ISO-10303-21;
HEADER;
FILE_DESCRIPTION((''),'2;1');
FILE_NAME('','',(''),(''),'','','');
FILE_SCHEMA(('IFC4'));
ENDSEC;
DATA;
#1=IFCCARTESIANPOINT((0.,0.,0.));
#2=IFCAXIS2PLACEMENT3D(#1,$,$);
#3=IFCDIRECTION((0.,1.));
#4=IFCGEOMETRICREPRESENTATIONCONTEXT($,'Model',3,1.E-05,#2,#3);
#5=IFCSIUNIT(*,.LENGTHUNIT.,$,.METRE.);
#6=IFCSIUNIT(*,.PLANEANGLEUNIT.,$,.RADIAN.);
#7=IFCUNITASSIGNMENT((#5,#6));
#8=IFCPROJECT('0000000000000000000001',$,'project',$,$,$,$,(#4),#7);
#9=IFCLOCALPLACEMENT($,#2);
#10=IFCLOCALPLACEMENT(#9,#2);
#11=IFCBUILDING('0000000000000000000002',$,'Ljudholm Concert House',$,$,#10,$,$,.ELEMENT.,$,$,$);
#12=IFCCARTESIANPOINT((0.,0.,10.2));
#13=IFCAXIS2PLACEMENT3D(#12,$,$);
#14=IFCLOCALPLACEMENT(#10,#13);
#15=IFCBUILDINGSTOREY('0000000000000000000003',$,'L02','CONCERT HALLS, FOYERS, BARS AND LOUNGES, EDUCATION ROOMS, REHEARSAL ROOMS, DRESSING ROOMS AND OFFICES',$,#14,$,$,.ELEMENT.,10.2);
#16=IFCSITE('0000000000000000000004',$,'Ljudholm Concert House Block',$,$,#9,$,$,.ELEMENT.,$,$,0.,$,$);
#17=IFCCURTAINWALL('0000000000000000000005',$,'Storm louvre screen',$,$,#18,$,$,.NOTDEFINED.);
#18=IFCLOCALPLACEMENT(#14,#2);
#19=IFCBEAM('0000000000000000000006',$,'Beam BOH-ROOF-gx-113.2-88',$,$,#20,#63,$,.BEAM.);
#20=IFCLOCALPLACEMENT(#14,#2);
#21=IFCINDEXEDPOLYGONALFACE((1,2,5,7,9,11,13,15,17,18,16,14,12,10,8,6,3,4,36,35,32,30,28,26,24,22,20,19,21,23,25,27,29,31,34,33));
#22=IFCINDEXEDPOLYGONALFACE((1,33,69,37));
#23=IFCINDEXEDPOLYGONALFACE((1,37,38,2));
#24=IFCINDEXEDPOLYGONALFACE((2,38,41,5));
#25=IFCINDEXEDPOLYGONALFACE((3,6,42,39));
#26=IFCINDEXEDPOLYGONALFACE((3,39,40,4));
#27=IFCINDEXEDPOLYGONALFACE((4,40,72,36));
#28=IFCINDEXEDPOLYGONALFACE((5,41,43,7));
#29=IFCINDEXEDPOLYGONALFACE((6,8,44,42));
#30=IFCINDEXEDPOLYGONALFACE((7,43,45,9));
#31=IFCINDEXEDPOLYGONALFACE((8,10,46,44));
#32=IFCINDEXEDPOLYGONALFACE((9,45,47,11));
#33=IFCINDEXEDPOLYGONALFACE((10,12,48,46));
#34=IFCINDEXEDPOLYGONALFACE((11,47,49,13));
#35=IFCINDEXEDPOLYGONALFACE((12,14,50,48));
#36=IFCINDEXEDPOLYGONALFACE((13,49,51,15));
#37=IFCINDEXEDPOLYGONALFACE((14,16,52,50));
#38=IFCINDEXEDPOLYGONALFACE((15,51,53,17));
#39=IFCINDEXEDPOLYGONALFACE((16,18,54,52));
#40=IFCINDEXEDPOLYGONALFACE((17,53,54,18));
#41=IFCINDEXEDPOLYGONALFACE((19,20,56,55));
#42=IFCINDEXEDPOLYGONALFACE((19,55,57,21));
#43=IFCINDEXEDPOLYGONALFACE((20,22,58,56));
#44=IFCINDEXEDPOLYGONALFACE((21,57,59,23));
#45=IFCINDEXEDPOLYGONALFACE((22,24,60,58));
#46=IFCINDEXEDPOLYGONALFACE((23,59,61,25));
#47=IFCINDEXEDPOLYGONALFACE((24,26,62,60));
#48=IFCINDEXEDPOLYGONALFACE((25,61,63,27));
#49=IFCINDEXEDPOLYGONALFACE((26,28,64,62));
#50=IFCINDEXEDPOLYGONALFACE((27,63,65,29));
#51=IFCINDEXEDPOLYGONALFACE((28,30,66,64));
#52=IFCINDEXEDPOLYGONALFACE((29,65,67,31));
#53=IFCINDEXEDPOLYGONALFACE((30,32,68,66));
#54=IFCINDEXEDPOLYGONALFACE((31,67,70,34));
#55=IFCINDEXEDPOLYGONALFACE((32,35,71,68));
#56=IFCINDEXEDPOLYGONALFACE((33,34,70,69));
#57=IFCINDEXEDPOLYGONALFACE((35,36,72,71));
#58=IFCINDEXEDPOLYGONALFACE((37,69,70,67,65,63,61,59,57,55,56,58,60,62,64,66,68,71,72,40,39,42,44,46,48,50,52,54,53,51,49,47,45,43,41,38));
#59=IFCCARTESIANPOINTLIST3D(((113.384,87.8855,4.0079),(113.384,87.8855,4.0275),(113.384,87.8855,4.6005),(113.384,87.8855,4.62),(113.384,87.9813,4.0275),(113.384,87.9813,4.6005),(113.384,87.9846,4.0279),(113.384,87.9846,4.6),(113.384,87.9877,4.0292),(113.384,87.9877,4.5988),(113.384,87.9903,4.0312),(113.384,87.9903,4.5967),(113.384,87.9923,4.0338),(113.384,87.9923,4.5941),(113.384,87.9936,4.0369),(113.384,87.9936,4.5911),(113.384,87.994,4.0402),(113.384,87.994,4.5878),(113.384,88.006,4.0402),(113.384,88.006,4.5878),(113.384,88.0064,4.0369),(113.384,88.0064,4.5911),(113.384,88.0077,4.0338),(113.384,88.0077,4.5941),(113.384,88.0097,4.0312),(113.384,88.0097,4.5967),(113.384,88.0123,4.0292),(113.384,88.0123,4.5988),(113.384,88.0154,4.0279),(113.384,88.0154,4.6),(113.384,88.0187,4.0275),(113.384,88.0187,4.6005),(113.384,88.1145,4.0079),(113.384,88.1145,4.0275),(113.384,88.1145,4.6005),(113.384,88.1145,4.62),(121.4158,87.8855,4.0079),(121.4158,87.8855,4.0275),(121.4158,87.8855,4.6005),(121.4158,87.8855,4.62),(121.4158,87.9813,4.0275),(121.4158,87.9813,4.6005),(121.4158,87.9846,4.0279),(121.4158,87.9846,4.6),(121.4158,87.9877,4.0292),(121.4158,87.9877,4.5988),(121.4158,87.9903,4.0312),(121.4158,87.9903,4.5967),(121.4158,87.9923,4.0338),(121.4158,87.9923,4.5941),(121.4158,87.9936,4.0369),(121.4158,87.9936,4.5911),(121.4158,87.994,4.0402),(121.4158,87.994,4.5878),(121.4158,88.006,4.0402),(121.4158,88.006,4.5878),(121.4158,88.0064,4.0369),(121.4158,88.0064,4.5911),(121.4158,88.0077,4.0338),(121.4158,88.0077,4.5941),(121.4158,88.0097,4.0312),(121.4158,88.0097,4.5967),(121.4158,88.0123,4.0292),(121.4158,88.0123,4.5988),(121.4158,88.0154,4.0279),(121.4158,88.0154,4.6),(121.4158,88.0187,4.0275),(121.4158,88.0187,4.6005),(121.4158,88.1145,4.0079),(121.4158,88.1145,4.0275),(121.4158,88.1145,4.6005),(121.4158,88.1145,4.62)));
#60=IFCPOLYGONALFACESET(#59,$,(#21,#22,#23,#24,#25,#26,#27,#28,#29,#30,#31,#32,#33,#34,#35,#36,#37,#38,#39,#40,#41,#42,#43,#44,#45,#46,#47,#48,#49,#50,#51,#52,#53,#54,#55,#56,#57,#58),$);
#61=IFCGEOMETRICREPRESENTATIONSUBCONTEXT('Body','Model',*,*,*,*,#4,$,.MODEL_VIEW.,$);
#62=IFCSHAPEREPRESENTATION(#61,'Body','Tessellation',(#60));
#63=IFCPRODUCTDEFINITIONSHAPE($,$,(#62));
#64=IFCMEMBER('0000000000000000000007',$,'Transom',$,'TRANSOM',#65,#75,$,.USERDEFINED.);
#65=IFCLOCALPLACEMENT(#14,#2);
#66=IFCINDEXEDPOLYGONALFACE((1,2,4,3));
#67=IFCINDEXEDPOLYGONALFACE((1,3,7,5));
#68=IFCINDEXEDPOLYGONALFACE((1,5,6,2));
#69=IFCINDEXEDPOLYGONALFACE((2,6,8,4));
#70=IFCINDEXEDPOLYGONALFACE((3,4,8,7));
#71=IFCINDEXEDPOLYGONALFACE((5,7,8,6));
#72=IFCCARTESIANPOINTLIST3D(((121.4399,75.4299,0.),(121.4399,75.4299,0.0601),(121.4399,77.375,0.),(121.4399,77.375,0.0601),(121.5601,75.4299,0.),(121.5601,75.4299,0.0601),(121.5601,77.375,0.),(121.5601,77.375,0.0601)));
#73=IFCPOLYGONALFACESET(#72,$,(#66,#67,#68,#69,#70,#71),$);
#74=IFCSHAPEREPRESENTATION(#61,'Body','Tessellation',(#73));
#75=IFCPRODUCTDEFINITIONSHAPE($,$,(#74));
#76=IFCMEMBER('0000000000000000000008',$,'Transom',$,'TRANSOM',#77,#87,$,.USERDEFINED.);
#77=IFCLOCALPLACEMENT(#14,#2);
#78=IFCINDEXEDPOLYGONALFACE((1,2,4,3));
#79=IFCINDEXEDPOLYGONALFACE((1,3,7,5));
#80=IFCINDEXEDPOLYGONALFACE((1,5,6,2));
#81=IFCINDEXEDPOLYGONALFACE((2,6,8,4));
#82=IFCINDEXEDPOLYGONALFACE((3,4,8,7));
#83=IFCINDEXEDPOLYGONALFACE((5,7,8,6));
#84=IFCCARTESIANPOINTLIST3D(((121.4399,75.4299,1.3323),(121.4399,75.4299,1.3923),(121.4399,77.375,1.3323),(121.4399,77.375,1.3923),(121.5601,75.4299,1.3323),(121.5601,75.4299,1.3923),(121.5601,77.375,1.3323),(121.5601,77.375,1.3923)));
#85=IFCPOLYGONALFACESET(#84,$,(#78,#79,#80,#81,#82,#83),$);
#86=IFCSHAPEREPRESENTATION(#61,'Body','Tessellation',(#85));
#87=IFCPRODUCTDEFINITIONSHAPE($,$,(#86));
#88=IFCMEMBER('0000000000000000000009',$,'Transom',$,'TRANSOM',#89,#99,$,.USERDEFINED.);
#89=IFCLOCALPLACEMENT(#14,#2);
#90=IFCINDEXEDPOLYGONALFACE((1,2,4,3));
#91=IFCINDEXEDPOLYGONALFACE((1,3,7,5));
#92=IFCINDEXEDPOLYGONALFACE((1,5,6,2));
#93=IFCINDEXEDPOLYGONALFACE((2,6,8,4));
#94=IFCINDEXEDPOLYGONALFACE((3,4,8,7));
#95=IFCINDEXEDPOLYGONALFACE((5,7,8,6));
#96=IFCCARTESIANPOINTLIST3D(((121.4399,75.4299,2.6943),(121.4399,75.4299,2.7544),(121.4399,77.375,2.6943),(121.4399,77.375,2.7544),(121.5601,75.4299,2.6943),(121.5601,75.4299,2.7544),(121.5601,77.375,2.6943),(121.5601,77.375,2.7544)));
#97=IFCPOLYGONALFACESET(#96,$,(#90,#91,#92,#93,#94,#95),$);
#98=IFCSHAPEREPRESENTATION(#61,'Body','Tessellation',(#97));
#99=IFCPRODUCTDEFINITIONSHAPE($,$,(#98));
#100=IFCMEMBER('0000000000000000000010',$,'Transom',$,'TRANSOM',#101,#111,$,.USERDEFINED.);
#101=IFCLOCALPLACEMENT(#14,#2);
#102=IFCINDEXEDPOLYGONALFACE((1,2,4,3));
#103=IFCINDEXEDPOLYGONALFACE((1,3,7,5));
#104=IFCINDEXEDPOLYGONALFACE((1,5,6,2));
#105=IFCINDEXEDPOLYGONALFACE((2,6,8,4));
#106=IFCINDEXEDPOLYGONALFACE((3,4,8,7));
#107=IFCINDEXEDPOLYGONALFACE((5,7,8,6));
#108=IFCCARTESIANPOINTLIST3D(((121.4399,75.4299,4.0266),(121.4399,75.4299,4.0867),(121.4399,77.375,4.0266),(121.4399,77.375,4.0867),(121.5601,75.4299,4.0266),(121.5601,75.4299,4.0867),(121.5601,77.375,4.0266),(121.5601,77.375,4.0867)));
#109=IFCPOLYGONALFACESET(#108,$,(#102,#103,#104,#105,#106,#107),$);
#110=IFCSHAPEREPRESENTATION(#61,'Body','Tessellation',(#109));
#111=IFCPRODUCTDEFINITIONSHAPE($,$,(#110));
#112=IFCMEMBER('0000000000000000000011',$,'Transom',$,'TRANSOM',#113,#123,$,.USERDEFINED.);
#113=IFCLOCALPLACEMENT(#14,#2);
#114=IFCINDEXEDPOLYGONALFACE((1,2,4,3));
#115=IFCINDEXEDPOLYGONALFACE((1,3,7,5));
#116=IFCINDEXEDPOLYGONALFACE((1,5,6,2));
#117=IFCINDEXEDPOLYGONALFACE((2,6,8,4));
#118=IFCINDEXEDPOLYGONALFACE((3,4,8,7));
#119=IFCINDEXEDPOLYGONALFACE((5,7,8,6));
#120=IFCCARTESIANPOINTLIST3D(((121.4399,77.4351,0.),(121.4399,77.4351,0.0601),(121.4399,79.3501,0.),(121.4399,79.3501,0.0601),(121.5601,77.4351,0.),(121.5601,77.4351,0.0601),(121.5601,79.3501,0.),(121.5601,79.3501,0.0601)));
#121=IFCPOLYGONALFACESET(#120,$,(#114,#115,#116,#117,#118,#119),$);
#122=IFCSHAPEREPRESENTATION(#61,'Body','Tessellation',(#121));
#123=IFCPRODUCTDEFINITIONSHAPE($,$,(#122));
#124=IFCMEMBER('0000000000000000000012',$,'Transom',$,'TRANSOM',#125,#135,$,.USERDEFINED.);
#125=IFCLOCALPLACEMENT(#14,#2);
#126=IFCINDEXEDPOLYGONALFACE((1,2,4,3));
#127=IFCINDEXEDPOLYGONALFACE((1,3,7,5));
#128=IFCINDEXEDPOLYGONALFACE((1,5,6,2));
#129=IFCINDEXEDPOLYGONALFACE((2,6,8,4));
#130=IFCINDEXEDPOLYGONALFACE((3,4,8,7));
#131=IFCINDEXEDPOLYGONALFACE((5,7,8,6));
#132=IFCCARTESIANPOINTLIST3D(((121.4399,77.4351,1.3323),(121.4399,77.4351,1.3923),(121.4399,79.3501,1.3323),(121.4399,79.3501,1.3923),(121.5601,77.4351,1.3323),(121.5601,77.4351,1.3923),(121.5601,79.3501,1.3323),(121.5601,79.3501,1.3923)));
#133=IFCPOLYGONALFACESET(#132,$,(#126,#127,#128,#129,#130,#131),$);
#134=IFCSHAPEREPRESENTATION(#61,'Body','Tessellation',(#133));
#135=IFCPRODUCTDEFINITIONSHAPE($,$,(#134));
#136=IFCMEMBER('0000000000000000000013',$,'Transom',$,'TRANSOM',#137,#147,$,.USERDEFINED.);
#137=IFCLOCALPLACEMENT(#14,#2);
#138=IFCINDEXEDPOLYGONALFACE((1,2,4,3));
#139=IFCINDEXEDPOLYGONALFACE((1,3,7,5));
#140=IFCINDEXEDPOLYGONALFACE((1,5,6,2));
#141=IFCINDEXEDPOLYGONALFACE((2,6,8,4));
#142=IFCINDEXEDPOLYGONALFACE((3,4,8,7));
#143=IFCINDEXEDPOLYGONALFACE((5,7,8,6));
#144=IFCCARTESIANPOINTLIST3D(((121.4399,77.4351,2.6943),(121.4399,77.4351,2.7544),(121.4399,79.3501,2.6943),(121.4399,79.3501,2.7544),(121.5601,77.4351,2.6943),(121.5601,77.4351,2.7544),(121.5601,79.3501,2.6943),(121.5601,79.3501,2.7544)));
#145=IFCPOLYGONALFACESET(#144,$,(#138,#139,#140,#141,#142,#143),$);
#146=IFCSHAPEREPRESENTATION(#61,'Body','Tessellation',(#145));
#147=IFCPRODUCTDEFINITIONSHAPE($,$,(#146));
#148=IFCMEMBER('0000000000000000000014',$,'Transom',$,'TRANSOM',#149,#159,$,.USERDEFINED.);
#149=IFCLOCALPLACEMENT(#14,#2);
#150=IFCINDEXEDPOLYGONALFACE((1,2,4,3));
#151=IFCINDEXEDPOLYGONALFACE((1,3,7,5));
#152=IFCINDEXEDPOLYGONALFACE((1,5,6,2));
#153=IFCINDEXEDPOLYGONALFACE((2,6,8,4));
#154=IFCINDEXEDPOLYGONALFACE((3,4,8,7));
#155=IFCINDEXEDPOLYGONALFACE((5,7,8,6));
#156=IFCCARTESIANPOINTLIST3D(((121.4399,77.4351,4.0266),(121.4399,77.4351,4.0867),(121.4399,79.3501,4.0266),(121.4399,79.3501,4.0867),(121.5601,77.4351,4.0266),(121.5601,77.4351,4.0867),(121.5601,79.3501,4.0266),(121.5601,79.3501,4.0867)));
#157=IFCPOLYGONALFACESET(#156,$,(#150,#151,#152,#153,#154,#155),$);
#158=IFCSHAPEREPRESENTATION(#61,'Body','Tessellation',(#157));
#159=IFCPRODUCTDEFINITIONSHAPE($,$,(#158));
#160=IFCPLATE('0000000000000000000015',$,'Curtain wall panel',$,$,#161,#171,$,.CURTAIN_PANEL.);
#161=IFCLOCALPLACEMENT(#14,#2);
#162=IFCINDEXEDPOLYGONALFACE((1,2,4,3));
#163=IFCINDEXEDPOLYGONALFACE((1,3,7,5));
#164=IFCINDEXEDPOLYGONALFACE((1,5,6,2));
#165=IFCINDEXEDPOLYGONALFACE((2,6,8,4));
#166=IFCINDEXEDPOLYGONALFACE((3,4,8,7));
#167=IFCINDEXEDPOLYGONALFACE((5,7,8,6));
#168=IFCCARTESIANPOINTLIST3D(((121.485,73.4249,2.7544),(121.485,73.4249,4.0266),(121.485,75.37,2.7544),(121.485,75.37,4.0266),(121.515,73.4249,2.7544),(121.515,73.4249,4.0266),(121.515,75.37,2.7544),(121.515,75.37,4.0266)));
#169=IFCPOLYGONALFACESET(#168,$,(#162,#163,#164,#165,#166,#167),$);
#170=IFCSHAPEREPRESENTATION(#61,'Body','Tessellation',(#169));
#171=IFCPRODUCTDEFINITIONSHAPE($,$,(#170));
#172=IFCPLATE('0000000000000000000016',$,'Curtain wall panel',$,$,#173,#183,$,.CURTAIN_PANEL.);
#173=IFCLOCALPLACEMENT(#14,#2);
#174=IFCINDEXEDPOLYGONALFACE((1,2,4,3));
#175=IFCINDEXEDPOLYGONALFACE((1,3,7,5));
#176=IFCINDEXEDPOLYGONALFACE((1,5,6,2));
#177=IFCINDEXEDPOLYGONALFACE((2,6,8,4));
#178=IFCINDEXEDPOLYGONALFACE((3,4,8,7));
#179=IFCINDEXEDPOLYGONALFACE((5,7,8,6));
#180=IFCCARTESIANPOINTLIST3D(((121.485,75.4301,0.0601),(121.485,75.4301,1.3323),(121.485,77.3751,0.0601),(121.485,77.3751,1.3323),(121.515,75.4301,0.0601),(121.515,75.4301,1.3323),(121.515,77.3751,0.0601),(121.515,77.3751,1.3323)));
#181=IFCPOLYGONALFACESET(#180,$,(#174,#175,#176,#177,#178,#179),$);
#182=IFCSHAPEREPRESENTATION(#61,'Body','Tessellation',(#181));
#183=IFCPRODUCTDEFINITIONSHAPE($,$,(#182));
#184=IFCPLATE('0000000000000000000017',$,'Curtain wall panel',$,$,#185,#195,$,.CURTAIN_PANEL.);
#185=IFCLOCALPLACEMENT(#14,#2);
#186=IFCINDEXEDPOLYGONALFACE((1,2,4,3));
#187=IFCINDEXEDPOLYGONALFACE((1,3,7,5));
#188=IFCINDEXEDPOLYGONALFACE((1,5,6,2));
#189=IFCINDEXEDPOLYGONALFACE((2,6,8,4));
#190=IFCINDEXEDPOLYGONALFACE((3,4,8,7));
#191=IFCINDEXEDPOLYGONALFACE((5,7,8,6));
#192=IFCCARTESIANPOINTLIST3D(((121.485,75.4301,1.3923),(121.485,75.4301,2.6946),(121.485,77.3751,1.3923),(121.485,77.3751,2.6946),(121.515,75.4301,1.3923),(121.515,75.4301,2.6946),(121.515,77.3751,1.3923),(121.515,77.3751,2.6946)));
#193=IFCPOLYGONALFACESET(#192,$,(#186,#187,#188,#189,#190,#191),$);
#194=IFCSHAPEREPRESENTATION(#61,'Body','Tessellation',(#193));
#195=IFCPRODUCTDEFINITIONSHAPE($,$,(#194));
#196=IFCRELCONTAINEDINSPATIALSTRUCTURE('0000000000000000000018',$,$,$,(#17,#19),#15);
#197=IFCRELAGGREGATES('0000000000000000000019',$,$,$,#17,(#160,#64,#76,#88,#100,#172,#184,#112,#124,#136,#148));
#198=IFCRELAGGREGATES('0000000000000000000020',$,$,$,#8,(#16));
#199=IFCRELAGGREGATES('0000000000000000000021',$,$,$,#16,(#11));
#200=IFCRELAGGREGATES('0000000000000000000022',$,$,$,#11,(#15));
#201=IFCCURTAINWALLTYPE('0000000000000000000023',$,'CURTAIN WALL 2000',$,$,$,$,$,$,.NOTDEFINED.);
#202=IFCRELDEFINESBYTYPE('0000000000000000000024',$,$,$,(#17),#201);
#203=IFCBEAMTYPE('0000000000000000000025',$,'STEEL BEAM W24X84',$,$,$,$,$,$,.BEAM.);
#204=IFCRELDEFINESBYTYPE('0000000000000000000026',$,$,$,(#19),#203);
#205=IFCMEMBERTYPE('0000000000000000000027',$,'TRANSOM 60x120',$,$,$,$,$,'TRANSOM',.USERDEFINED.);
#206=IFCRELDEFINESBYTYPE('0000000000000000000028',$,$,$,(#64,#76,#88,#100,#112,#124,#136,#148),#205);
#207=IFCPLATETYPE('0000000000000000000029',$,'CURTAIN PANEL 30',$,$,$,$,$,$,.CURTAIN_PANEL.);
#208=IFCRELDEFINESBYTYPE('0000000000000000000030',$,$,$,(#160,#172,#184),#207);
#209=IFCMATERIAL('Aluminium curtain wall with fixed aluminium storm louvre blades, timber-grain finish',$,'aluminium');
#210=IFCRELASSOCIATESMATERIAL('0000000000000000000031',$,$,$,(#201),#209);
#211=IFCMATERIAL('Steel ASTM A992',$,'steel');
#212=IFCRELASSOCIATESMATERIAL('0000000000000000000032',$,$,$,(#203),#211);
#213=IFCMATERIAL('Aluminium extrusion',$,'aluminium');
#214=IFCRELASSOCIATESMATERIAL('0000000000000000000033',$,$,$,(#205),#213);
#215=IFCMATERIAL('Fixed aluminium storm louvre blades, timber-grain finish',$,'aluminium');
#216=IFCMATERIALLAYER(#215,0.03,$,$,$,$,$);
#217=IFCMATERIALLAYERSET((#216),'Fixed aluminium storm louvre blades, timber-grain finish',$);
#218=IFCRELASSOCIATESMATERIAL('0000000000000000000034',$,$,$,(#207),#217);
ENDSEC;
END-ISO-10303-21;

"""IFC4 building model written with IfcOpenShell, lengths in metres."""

from ifc_helpers import new_model, si_unit, direction, frame, origin, origin_2d, place, context, subcontext, project, spatial, rectangle, i_section, extrude, material, layer, layer_set, material_profile, profile_set, type_object, element, aggregate, save


model = new_model("IFC4")

# Units and contexts
model_context = context("Model", 3, precision=1e-05, world=origin(), true_north=direction((0.0, 1.0)))
body_context = subcontext(model_context, "Body", "Model", "MODEL_VIEW")
ifc_project = project(units=[si_unit("LENGTHUNIT", "METRE"), si_unit("PLANEANGLEUNIT", "RADIAN")], contexts=[model_context])

# Site, building, storey
site_placement = place(None, origin())
site = spatial("IfcSite", under=ifc_project, at=site_placement, Name="Ljudholm Concert House Block", CompositionType="ELEMENT", RefElevation=0.0)
building_placement = place(site_placement, origin())
building = spatial("IfcBuilding", under=site, at=building_placement, Name="Ljudholm Concert House", CompositionType="ELEMENT")
storey_placement = place(building_placement, frame((0.0, 0.0, 10.2)))
storey = spatial("IfcBuildingStorey", under=building, at=storey_placement, Name="L02", Description="CONCERT HALLS, FOYERS, BARS AND LOUNGES, EDUCATION ROOMS, REHEARSAL ROOMS, DRESSING ROOMS AND OFFICES", CompositionType="ELEMENT", Elevation=10.2)

# Curtain wall
ifc_material_1 = material(Name="Aluminium curtain wall with fixed aluminium storm louvre blades, timber-grain finish", Category="aluminium")
curtain_wall_type = type_object("IfcCurtainWallType", Name="CURTAIN WALL 2000", PredefinedType="NOTDEFINED", material=ifc_material_1)
curtain_wall_placement = place(storey_placement, origin())
curtain_wall = element("IfcCurtainWall", 1, at=curtain_wall_placement, inside=storey, type_object=curtain_wall_type, Name="Storm louvre screen", PredefinedType="NOTDEFINED")

# Beam
ifc_material_2 = material(Name="Steel ASTM A992", Category="steel")
ifc_material_profile_1 = material_profile(ifc_material_2, i_section(OverallWidth=0.229, OverallDepth=0.6121, WebThickness=0.012, FlangeThickness=0.0195, FilletRadius=0.0127, at=origin_2d()), Name="W24X84")
ifc_profile_set_1 = profile_set([ifc_material_profile_1], Name="Steel ASTM A992")
beam_type_1 = type_object("IfcBeamType", Name="STEEL BEAM W24X84", PredefinedType="BEAM", material=ifc_profile_set_1)
for number, where, z_axis, x_axis, name in (
    (2, (113.384, 88.0, 4.314), (1.0, 0.0, 0.0), (0.0, 1.0, 0.0), "Beam BOH-ROOF-gx-113.2-88"),
):
    element("IfcBeam", number, at=place(storey_placement, frame(where, z_axis=z_axis, x_axis=x_axis)), inside=storey, type_object=beam_type_1, Name=name, PredefinedType="BEAM", context=body_context, shape_type="SweptSolid", body=[
        extrude(i_section(OverallWidth=0.229, OverallDepth=0.6121, WebThickness=0.012, FlangeThickness=0.0195, FilletRadius=0.0127, at=origin_2d()), origin(), (0.0, 0.0, 1.0), 8.0317),
    ])

# Members
ifc_material_3 = material(Name="Aluminium extrusion", Category="aluminium")
ifc_material_profile_2 = material_profile(ifc_material_3, rectangle(XDim=0.1201, YDim=0.0601, at=origin_2d()), Name="TRANSOM 60x120")
ifc_profile_set_2 = profile_set([ifc_material_profile_2], Name="Aluminium extrusion")
member_type_1 = type_object("IfcMemberType", Name="TRANSOM 60x120", ElementType="TRANSOM", PredefinedType="USERDEFINED", material=ifc_profile_set_2)
member_1_placement = place(storey_placement, frame((121.5, 75.4299, 0.03), z_axis=(0.0, 1.0, 0.0), x_axis=(-1.0, 0.0, 0.0)))
member_1 = element("IfcMember", 3, at=member_1_placement, type_object=member_type_1, Name="Transom", ObjectType="TRANSOM", PredefinedType="USERDEFINED", context=body_context, shape_type="SweptSolid", body=[
    extrude(rectangle(XDim=0.1201, YDim=0.0601, at=origin_2d()), origin(), (0.0, 0.0, 1.0), 1.9451),
])
member_2_placement = place(storey_placement, frame((121.5, 75.4299, 1.3623), z_axis=(0.0, 1.0, 0.0), x_axis=(-1.0, 0.0, 0.0)))
member_2 = element("IfcMember", 4, at=member_2_placement, type_object=member_type_1, Name="Transom", ObjectType="TRANSOM", PredefinedType="USERDEFINED", context=body_context, shape_type="SweptSolid", body=[
    extrude(rectangle(XDim=0.1201, YDim=0.0601, at=origin_2d()), origin(), (0.0, 0.0, 1.0), 1.9451),
])
member_3_placement = place(storey_placement, frame((121.5, 75.4299, 2.7244), z_axis=(0.0, 1.0, 0.0), x_axis=(-1.0, 0.0, 0.0)))
member_3 = element("IfcMember", 5, at=member_3_placement, type_object=member_type_1, Name="Transom", ObjectType="TRANSOM", PredefinedType="USERDEFINED", context=body_context, shape_type="SweptSolid", body=[
    extrude(rectangle(XDim=0.1201, YDim=0.0601, at=origin_2d()), origin(), (0.0, 0.0, 1.0), 1.9451),
])
member_4_placement = place(storey_placement, frame((121.5, 75.4299, 4.0566), z_axis=(0.0, 1.0, 0.0), x_axis=(-1.0, 0.0, 0.0)))
member_4 = element("IfcMember", 6, at=member_4_placement, type_object=member_type_1, Name="Transom", ObjectType="TRANSOM", PredefinedType="USERDEFINED", context=body_context, shape_type="SweptSolid", body=[
    extrude(rectangle(XDim=0.1201, YDim=0.0601, at=origin_2d()), origin(), (0.0, 0.0, 1.0), 1.9451),
])
member_5_placement = place(storey_placement, frame((121.5, 77.4351, 0.03), z_axis=(0.0, 1.0, 0.0), x_axis=(-1.0, 0.0, 0.0)))
member_5 = element("IfcMember", 7, at=member_5_placement, type_object=member_type_1, Name="Transom", ObjectType="TRANSOM", PredefinedType="USERDEFINED", context=body_context, shape_type="SweptSolid", body=[
    extrude(rectangle(XDim=0.1201, YDim=0.0601, at=origin_2d()), origin(), (0.0, 0.0, 1.0), 1.915),
])
member_6_placement = place(storey_placement, frame((121.5, 77.4351, 1.3623), z_axis=(0.0, 1.0, 0.0), x_axis=(-1.0, 0.0, 0.0)))
member_6 = element("IfcMember", 8, at=member_6_placement, type_object=member_type_1, Name="Transom", ObjectType="TRANSOM", PredefinedType="USERDEFINED", context=body_context, shape_type="SweptSolid", body=[
    extrude(rectangle(XDim=0.1201, YDim=0.0601, at=origin_2d()), origin(), (0.0, 0.0, 1.0), 1.915),
])
member_7_placement = place(storey_placement, frame((121.5, 77.4351, 2.7244), z_axis=(0.0, 1.0, 0.0), x_axis=(-1.0, 0.0, 0.0)))
member_7 = element("IfcMember", 9, at=member_7_placement, type_object=member_type_1, Name="Transom", ObjectType="TRANSOM", PredefinedType="USERDEFINED", context=body_context, shape_type="SweptSolid", body=[
    extrude(rectangle(XDim=0.1201, YDim=0.0601, at=origin_2d()), origin(), (0.0, 0.0, 1.0), 1.915),
])
member_8_placement = place(storey_placement, frame((121.5, 77.4351, 4.0566), z_axis=(0.0, 1.0, 0.0), x_axis=(-1.0, 0.0, 0.0)))
member_8 = element("IfcMember", 10, at=member_8_placement, type_object=member_type_1, Name="Transom", ObjectType="TRANSOM", PredefinedType="USERDEFINED", context=body_context, shape_type="SweptSolid", body=[
    extrude(rectangle(XDim=0.1201, YDim=0.0601, at=origin_2d()), origin(), (0.0, 0.0, 1.0), 1.915),
])

# Plates
ifc_material_4 = material(Name="Fixed aluminium storm louvre blades, timber-grain finish", Category="aluminium")
ifc_layer_1 = layer(ifc_material_4, 0.03)
ifc_layer_set_1 = layer_set([ifc_layer_1], Name="Fixed aluminium storm louvre blades, timber-grain finish")
plate_type = type_object("IfcPlateType", Name="CURTAIN PANEL 30", PredefinedType="CURTAIN_PANEL", material=ifc_layer_set_1)
plate_1_placement = place(storey_placement, frame((121.5, 74.3975, 2.7544), z_axis=(0.0, 0.0, 1.0), x_axis=(0.0, 1.0, 0.0)))
plate_1 = element("IfcPlate", 11, at=plate_1_placement, type_object=plate_type, Name="Curtain wall panel", PredefinedType="CURTAIN_PANEL", context=body_context, shape_type="SweptSolid", body=[
    extrude(rectangle(XDim=1.9451, YDim=0.03, at=origin_2d()), origin(), (0.0, 0.0, 1.0), 1.2722),
])
plate_2_placement = place(storey_placement, frame((121.5, 76.4026, 0.0601), z_axis=(0.0, 0.0, 1.0), x_axis=(0.0, 1.0, 0.0)))
plate_2 = element("IfcPlate", 12, at=plate_2_placement, type_object=plate_type, Name="Curtain wall panel", PredefinedType="CURTAIN_PANEL", context=body_context, shape_type="SweptSolid", body=[
    extrude(rectangle(XDim=1.9451, YDim=0.03, at=origin_2d()), origin(), (0.0, 0.0, 1.0), 1.2722),
])
plate_3_placement = place(storey_placement, frame((121.5, 76.4026, 1.3923), z_axis=(0.0, 0.0, 1.0), x_axis=(0.0, 1.0, 0.0)))
plate_3 = element("IfcPlate", 13, at=plate_3_placement, type_object=plate_type, Name="Curtain wall panel", PredefinedType="CURTAIN_PANEL", context=body_context, shape_type="SweptSolid", body=[
    extrude(rectangle(XDim=1.9451, YDim=0.03, at=origin_2d()), origin(), (0.0, 0.0, 1.0), 1.3022),
])
aggregate(curtain_wall, [plate_1, member_1, member_2, member_3, member_4, plate_2, plate_3, member_5, member_6, member_7, member_8])

save(model, "model.ifc")
